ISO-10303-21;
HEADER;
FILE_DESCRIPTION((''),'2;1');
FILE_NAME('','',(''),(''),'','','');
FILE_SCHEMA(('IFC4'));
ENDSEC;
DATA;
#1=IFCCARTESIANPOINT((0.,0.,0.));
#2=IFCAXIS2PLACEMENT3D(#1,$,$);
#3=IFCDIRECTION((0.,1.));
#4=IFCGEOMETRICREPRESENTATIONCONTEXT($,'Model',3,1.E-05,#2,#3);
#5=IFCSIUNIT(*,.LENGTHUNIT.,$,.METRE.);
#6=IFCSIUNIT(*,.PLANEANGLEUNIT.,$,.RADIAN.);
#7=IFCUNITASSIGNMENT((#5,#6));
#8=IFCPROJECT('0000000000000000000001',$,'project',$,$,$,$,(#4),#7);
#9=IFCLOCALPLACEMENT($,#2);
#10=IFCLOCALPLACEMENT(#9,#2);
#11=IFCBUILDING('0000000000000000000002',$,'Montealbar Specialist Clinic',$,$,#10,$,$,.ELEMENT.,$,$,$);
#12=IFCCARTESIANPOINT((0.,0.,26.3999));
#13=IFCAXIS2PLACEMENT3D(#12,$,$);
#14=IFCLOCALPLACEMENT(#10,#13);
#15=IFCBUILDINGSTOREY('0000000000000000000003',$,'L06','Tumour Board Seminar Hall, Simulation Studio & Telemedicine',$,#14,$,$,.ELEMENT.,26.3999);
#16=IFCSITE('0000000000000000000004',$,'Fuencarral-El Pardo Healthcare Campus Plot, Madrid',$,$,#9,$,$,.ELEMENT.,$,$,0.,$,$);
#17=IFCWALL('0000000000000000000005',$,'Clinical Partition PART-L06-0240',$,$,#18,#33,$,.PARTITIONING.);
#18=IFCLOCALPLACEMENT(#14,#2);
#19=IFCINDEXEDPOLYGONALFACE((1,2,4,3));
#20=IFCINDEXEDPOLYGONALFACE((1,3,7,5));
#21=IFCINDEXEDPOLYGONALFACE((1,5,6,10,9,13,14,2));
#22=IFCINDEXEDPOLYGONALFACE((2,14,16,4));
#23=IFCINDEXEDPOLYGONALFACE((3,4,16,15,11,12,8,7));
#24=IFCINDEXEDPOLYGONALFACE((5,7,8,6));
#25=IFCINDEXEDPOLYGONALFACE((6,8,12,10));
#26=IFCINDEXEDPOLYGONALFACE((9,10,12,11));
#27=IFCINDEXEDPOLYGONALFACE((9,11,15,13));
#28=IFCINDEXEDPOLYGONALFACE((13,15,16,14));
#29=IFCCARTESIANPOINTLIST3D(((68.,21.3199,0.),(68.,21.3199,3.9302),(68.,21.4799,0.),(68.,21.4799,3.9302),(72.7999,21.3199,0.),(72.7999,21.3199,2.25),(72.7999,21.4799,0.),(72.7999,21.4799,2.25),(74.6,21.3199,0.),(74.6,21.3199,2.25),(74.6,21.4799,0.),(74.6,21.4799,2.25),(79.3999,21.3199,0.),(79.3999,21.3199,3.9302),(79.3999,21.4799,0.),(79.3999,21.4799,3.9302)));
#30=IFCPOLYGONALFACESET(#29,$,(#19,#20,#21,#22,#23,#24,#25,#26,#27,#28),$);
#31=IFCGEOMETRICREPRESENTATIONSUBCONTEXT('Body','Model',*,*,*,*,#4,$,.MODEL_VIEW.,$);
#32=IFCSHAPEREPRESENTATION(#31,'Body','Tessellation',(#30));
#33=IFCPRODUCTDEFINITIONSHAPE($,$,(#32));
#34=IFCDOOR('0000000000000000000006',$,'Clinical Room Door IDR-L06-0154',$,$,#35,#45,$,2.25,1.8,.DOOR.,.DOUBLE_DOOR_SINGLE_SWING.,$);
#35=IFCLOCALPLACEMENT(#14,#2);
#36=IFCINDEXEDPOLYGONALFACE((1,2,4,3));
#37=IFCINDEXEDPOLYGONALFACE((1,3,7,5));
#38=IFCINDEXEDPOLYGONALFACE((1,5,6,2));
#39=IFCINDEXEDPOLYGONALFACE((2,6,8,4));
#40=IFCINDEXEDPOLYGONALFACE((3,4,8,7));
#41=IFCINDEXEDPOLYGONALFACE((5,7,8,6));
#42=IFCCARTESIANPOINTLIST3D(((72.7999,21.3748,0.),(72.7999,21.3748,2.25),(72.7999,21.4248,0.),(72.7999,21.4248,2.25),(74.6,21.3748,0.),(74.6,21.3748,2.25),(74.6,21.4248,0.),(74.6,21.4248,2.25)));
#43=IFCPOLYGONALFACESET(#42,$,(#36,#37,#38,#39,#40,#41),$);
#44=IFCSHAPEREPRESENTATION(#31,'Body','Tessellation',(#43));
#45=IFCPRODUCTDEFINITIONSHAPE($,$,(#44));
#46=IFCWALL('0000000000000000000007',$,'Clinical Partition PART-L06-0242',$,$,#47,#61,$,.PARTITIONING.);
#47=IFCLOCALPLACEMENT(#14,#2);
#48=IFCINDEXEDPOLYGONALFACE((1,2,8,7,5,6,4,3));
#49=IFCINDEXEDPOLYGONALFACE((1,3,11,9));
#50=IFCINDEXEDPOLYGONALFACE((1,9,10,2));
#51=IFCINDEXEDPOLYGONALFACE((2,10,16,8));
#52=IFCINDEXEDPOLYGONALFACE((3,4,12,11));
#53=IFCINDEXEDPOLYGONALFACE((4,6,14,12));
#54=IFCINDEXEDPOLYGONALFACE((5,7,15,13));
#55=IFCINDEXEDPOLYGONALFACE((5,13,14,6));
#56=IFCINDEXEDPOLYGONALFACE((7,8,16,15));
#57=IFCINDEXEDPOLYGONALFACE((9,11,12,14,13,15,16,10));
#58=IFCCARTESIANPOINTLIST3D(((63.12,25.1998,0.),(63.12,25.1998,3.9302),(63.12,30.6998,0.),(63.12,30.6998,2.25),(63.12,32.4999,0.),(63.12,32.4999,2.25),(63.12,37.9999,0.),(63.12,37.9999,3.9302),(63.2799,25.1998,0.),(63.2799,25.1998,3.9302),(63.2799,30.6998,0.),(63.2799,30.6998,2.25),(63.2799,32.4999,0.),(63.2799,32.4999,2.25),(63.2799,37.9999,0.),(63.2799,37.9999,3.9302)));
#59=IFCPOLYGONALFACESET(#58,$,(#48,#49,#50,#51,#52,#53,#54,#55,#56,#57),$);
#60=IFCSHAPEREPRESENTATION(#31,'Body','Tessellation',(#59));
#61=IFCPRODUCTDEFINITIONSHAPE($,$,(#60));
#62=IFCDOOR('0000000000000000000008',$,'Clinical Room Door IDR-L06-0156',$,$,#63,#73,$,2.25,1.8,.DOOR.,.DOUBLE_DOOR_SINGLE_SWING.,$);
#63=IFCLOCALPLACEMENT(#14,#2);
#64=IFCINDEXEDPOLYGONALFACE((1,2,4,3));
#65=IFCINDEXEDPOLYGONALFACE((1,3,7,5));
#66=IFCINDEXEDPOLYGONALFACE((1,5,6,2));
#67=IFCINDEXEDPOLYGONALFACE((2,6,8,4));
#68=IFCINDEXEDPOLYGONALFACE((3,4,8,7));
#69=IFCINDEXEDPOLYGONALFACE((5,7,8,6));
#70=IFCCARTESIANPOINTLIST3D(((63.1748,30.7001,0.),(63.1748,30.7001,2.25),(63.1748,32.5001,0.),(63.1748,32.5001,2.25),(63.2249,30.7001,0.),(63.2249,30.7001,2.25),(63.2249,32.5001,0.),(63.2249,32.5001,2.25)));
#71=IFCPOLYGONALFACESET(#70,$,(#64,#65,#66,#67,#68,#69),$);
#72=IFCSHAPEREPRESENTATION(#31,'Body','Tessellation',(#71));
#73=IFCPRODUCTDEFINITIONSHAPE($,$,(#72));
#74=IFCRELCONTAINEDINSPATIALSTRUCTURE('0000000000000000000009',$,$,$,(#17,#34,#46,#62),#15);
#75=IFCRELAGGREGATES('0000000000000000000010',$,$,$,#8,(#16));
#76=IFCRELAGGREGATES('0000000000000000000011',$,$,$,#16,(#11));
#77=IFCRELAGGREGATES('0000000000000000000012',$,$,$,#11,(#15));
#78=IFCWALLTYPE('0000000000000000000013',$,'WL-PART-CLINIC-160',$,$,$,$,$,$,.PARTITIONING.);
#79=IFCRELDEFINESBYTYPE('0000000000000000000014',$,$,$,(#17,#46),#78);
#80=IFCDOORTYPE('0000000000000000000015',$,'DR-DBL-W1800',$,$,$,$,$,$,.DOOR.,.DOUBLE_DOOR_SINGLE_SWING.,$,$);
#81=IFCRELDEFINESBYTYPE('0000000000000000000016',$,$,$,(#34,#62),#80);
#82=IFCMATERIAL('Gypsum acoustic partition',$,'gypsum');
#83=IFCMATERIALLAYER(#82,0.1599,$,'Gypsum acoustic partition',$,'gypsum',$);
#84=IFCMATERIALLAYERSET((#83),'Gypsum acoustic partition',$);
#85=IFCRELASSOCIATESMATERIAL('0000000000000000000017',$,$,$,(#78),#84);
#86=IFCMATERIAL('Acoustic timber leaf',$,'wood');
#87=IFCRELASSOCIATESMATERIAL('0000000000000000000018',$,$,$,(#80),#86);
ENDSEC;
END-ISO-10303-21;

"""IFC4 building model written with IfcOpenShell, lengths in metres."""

from ifc_helpers import new_model, si_unit, direction, frame, frame_2d, origin, place, context, subcontext, project, spatial, rectangle, extrude, material, layer, layer_set, type_object, element, fill, save


model = new_model("IFC4")

# Units and contexts
model_context = context("Model", 3, precision=1e-05, world=origin(), true_north=direction((0.0, 1.0)))
body_context = subcontext(model_context, "Body", "Model", "MODEL_VIEW")
ifc_project = project(units=[si_unit("LENGTHUNIT", "METRE"), si_unit("PLANEANGLEUNIT", "RADIAN")], contexts=[model_context])

# Site, building, storey
site_placement = place(None, origin())
site = spatial("IfcSite", under=ifc_project, at=site_placement, Name="Fuencarral-El Pardo Healthcare Campus Plot, Madrid", CompositionType="ELEMENT", RefElevation=0.0)
building_placement = place(site_placement, origin())
building = spatial("IfcBuilding", under=site, at=building_placement, Name="Montealbar Specialist Clinic", CompositionType="ELEMENT")
storey_placement = place(building_placement, frame((0.0, 0.0, 26.3999)))
storey = spatial("IfcBuildingStorey", under=building, at=storey_placement, Name="L06", Description="Tumour Board Seminar Hall, Simulation Studio & Telemedicine", CompositionType="ELEMENT", Elevation=26.3999)

# Walls, openings, doors
ifc_material_1 = material(Name="Gypsum acoustic partition", Category="gypsum")
ifc_layer_1 = layer(ifc_material_1, 0.1599, Name="Gypsum acoustic partition", Category="gypsum")
ifc_layer_set_1 = layer_set([ifc_layer_1], Name="Gypsum acoustic partition")
wall_type = type_object("IfcWallType", Name="WL-PART-CLINIC-160", PredefinedType="PARTITIONING", material=ifc_layer_set_1)
wall_1_placement = place(storey_placement, frame((68.0, 21.3999, 0.0), z_axis=(0.0, 0.0, 1.0), x_axis=(1.0, 0.0, 0.0)))
wall_1 = element("IfcWall", 1, at=wall_1_placement, inside=storey, type_object=wall_type, Name="Clinical Partition PART-L06-0240", PredefinedType="PARTITIONING", context=body_context, shape_type="SweptSolid", body=[
    extrude(rectangle(XDim=11.3999, YDim=0.1599, at=frame_2d((5.7, 0.0))), origin(), (0.0, 0.0, 1.0), 3.9302),
])
opening_1_placement = place(wall_1_placement, frame((4.8, 0.0, 0.0)))
opening_1 = element("IfcOpeningElement", 2, at=opening_1_placement, cuts=wall_1, PredefinedType="OPENING", context=body_context, shape_type="SweptSolid", body=[
    extrude(rectangle(XDim=1.8, YDim=2.25, at=frame_2d((0.8999, 1.125))), frame((0.0, 0.0898, 0.0), z_axis=(0.0, -1.0, 0.0), x_axis=(1.0, 0.0, 0.0)), (0.0, 0.0, 1.0), 0.1799),
])
ifc_material_2 = material(Name="Acoustic timber leaf", Category="wood")
door_type = type_object("IfcDoorType", Name="DR-DBL-W1800", OperationType="DOUBLE_DOOR_SINGLE_SWING", PredefinedType="DOOR", material=ifc_material_2)
door_1_placement = place(opening_1_placement, origin())
door_1 = element("IfcDoor", 3, at=door_1_placement, inside=storey, type_object=door_type, Name="Clinical Room Door IDR-L06-0154", OperationType="DOUBLE_DOOR_SINGLE_SWING", OverallHeight=2.25, OverallWidth=1.8, PredefinedType="DOOR", context=body_context, shape_type="SweptSolid", body=[
    extrude(rectangle(XDim=1.8, YDim=2.25, at=frame_2d((0.8999, 1.125))), frame((0.0, 0.0249, 0.0), z_axis=(0.0, -1.0, 0.0), x_axis=(1.0, 0.0, 0.0)), (0.0, 0.0, 1.0), 0.05),
])
fill(opening_1, door_1)
wall_2_placement = place(storey_placement, frame((63.2, 25.2, 0.0), z_axis=(0.0, 0.0, 1.0), x_axis=(0.0, 1.0, 0.0)))
wall_2 = element("IfcWall", 4, at=wall_2_placement, inside=storey, type_object=wall_type, Name="Clinical Partition PART-L06-0242", PredefinedType="PARTITIONING", context=body_context, shape_type="SweptSolid", body=[
    extrude(rectangle(XDim=12.8, YDim=0.1599, at=frame_2d((6.3999, 0.0))), origin(), (0.0, 0.0, 1.0), 3.9302),
])
opening_2_placement = place(wall_2_placement, frame((5.5, 0.0, 0.0)))
opening_2 = element("IfcOpeningElement", 5, at=opening_2_placement, cuts=wall_2, PredefinedType="OPENING", context=body_context, shape_type="SweptSolid", body=[
    extrude(rectangle(XDim=1.8, YDim=2.25, at=frame_2d((0.8999, 1.125))), frame((0.0, 0.0898, 0.0), z_axis=(0.0, -1.0, 0.0), x_axis=(1.0, 0.0, 0.0)), (0.0, 0.0, 1.0), 0.1799),
])
door_2_placement = place(opening_2_placement, frame((1.8, 0.0, 0.0), z_axis=(0.0, 0.0, 1.0), x_axis=(-1.0, 0.0, 0.0)))
door_2 = element("IfcDoor", 6, at=door_2_placement, inside=storey, type_object=door_type, Name="Clinical Room Door IDR-L06-0156", OperationType="DOUBLE_DOOR_SINGLE_SWING", OverallHeight=2.25, OverallWidth=1.8, PredefinedType="DOOR", context=body_context, shape_type="SweptSolid", body=[
    extrude(rectangle(XDim=1.8, YDim=2.25, at=frame_2d((0.8999, 1.125))), frame((0.0, 0.0249, 0.0), z_axis=(0.0, -1.0, 0.0), x_axis=(1.0, 0.0, 0.0)), (0.0, 0.0, 1.0), 0.05),
])
fill(opening_2, door_2)

save(model, "model.ifc")
